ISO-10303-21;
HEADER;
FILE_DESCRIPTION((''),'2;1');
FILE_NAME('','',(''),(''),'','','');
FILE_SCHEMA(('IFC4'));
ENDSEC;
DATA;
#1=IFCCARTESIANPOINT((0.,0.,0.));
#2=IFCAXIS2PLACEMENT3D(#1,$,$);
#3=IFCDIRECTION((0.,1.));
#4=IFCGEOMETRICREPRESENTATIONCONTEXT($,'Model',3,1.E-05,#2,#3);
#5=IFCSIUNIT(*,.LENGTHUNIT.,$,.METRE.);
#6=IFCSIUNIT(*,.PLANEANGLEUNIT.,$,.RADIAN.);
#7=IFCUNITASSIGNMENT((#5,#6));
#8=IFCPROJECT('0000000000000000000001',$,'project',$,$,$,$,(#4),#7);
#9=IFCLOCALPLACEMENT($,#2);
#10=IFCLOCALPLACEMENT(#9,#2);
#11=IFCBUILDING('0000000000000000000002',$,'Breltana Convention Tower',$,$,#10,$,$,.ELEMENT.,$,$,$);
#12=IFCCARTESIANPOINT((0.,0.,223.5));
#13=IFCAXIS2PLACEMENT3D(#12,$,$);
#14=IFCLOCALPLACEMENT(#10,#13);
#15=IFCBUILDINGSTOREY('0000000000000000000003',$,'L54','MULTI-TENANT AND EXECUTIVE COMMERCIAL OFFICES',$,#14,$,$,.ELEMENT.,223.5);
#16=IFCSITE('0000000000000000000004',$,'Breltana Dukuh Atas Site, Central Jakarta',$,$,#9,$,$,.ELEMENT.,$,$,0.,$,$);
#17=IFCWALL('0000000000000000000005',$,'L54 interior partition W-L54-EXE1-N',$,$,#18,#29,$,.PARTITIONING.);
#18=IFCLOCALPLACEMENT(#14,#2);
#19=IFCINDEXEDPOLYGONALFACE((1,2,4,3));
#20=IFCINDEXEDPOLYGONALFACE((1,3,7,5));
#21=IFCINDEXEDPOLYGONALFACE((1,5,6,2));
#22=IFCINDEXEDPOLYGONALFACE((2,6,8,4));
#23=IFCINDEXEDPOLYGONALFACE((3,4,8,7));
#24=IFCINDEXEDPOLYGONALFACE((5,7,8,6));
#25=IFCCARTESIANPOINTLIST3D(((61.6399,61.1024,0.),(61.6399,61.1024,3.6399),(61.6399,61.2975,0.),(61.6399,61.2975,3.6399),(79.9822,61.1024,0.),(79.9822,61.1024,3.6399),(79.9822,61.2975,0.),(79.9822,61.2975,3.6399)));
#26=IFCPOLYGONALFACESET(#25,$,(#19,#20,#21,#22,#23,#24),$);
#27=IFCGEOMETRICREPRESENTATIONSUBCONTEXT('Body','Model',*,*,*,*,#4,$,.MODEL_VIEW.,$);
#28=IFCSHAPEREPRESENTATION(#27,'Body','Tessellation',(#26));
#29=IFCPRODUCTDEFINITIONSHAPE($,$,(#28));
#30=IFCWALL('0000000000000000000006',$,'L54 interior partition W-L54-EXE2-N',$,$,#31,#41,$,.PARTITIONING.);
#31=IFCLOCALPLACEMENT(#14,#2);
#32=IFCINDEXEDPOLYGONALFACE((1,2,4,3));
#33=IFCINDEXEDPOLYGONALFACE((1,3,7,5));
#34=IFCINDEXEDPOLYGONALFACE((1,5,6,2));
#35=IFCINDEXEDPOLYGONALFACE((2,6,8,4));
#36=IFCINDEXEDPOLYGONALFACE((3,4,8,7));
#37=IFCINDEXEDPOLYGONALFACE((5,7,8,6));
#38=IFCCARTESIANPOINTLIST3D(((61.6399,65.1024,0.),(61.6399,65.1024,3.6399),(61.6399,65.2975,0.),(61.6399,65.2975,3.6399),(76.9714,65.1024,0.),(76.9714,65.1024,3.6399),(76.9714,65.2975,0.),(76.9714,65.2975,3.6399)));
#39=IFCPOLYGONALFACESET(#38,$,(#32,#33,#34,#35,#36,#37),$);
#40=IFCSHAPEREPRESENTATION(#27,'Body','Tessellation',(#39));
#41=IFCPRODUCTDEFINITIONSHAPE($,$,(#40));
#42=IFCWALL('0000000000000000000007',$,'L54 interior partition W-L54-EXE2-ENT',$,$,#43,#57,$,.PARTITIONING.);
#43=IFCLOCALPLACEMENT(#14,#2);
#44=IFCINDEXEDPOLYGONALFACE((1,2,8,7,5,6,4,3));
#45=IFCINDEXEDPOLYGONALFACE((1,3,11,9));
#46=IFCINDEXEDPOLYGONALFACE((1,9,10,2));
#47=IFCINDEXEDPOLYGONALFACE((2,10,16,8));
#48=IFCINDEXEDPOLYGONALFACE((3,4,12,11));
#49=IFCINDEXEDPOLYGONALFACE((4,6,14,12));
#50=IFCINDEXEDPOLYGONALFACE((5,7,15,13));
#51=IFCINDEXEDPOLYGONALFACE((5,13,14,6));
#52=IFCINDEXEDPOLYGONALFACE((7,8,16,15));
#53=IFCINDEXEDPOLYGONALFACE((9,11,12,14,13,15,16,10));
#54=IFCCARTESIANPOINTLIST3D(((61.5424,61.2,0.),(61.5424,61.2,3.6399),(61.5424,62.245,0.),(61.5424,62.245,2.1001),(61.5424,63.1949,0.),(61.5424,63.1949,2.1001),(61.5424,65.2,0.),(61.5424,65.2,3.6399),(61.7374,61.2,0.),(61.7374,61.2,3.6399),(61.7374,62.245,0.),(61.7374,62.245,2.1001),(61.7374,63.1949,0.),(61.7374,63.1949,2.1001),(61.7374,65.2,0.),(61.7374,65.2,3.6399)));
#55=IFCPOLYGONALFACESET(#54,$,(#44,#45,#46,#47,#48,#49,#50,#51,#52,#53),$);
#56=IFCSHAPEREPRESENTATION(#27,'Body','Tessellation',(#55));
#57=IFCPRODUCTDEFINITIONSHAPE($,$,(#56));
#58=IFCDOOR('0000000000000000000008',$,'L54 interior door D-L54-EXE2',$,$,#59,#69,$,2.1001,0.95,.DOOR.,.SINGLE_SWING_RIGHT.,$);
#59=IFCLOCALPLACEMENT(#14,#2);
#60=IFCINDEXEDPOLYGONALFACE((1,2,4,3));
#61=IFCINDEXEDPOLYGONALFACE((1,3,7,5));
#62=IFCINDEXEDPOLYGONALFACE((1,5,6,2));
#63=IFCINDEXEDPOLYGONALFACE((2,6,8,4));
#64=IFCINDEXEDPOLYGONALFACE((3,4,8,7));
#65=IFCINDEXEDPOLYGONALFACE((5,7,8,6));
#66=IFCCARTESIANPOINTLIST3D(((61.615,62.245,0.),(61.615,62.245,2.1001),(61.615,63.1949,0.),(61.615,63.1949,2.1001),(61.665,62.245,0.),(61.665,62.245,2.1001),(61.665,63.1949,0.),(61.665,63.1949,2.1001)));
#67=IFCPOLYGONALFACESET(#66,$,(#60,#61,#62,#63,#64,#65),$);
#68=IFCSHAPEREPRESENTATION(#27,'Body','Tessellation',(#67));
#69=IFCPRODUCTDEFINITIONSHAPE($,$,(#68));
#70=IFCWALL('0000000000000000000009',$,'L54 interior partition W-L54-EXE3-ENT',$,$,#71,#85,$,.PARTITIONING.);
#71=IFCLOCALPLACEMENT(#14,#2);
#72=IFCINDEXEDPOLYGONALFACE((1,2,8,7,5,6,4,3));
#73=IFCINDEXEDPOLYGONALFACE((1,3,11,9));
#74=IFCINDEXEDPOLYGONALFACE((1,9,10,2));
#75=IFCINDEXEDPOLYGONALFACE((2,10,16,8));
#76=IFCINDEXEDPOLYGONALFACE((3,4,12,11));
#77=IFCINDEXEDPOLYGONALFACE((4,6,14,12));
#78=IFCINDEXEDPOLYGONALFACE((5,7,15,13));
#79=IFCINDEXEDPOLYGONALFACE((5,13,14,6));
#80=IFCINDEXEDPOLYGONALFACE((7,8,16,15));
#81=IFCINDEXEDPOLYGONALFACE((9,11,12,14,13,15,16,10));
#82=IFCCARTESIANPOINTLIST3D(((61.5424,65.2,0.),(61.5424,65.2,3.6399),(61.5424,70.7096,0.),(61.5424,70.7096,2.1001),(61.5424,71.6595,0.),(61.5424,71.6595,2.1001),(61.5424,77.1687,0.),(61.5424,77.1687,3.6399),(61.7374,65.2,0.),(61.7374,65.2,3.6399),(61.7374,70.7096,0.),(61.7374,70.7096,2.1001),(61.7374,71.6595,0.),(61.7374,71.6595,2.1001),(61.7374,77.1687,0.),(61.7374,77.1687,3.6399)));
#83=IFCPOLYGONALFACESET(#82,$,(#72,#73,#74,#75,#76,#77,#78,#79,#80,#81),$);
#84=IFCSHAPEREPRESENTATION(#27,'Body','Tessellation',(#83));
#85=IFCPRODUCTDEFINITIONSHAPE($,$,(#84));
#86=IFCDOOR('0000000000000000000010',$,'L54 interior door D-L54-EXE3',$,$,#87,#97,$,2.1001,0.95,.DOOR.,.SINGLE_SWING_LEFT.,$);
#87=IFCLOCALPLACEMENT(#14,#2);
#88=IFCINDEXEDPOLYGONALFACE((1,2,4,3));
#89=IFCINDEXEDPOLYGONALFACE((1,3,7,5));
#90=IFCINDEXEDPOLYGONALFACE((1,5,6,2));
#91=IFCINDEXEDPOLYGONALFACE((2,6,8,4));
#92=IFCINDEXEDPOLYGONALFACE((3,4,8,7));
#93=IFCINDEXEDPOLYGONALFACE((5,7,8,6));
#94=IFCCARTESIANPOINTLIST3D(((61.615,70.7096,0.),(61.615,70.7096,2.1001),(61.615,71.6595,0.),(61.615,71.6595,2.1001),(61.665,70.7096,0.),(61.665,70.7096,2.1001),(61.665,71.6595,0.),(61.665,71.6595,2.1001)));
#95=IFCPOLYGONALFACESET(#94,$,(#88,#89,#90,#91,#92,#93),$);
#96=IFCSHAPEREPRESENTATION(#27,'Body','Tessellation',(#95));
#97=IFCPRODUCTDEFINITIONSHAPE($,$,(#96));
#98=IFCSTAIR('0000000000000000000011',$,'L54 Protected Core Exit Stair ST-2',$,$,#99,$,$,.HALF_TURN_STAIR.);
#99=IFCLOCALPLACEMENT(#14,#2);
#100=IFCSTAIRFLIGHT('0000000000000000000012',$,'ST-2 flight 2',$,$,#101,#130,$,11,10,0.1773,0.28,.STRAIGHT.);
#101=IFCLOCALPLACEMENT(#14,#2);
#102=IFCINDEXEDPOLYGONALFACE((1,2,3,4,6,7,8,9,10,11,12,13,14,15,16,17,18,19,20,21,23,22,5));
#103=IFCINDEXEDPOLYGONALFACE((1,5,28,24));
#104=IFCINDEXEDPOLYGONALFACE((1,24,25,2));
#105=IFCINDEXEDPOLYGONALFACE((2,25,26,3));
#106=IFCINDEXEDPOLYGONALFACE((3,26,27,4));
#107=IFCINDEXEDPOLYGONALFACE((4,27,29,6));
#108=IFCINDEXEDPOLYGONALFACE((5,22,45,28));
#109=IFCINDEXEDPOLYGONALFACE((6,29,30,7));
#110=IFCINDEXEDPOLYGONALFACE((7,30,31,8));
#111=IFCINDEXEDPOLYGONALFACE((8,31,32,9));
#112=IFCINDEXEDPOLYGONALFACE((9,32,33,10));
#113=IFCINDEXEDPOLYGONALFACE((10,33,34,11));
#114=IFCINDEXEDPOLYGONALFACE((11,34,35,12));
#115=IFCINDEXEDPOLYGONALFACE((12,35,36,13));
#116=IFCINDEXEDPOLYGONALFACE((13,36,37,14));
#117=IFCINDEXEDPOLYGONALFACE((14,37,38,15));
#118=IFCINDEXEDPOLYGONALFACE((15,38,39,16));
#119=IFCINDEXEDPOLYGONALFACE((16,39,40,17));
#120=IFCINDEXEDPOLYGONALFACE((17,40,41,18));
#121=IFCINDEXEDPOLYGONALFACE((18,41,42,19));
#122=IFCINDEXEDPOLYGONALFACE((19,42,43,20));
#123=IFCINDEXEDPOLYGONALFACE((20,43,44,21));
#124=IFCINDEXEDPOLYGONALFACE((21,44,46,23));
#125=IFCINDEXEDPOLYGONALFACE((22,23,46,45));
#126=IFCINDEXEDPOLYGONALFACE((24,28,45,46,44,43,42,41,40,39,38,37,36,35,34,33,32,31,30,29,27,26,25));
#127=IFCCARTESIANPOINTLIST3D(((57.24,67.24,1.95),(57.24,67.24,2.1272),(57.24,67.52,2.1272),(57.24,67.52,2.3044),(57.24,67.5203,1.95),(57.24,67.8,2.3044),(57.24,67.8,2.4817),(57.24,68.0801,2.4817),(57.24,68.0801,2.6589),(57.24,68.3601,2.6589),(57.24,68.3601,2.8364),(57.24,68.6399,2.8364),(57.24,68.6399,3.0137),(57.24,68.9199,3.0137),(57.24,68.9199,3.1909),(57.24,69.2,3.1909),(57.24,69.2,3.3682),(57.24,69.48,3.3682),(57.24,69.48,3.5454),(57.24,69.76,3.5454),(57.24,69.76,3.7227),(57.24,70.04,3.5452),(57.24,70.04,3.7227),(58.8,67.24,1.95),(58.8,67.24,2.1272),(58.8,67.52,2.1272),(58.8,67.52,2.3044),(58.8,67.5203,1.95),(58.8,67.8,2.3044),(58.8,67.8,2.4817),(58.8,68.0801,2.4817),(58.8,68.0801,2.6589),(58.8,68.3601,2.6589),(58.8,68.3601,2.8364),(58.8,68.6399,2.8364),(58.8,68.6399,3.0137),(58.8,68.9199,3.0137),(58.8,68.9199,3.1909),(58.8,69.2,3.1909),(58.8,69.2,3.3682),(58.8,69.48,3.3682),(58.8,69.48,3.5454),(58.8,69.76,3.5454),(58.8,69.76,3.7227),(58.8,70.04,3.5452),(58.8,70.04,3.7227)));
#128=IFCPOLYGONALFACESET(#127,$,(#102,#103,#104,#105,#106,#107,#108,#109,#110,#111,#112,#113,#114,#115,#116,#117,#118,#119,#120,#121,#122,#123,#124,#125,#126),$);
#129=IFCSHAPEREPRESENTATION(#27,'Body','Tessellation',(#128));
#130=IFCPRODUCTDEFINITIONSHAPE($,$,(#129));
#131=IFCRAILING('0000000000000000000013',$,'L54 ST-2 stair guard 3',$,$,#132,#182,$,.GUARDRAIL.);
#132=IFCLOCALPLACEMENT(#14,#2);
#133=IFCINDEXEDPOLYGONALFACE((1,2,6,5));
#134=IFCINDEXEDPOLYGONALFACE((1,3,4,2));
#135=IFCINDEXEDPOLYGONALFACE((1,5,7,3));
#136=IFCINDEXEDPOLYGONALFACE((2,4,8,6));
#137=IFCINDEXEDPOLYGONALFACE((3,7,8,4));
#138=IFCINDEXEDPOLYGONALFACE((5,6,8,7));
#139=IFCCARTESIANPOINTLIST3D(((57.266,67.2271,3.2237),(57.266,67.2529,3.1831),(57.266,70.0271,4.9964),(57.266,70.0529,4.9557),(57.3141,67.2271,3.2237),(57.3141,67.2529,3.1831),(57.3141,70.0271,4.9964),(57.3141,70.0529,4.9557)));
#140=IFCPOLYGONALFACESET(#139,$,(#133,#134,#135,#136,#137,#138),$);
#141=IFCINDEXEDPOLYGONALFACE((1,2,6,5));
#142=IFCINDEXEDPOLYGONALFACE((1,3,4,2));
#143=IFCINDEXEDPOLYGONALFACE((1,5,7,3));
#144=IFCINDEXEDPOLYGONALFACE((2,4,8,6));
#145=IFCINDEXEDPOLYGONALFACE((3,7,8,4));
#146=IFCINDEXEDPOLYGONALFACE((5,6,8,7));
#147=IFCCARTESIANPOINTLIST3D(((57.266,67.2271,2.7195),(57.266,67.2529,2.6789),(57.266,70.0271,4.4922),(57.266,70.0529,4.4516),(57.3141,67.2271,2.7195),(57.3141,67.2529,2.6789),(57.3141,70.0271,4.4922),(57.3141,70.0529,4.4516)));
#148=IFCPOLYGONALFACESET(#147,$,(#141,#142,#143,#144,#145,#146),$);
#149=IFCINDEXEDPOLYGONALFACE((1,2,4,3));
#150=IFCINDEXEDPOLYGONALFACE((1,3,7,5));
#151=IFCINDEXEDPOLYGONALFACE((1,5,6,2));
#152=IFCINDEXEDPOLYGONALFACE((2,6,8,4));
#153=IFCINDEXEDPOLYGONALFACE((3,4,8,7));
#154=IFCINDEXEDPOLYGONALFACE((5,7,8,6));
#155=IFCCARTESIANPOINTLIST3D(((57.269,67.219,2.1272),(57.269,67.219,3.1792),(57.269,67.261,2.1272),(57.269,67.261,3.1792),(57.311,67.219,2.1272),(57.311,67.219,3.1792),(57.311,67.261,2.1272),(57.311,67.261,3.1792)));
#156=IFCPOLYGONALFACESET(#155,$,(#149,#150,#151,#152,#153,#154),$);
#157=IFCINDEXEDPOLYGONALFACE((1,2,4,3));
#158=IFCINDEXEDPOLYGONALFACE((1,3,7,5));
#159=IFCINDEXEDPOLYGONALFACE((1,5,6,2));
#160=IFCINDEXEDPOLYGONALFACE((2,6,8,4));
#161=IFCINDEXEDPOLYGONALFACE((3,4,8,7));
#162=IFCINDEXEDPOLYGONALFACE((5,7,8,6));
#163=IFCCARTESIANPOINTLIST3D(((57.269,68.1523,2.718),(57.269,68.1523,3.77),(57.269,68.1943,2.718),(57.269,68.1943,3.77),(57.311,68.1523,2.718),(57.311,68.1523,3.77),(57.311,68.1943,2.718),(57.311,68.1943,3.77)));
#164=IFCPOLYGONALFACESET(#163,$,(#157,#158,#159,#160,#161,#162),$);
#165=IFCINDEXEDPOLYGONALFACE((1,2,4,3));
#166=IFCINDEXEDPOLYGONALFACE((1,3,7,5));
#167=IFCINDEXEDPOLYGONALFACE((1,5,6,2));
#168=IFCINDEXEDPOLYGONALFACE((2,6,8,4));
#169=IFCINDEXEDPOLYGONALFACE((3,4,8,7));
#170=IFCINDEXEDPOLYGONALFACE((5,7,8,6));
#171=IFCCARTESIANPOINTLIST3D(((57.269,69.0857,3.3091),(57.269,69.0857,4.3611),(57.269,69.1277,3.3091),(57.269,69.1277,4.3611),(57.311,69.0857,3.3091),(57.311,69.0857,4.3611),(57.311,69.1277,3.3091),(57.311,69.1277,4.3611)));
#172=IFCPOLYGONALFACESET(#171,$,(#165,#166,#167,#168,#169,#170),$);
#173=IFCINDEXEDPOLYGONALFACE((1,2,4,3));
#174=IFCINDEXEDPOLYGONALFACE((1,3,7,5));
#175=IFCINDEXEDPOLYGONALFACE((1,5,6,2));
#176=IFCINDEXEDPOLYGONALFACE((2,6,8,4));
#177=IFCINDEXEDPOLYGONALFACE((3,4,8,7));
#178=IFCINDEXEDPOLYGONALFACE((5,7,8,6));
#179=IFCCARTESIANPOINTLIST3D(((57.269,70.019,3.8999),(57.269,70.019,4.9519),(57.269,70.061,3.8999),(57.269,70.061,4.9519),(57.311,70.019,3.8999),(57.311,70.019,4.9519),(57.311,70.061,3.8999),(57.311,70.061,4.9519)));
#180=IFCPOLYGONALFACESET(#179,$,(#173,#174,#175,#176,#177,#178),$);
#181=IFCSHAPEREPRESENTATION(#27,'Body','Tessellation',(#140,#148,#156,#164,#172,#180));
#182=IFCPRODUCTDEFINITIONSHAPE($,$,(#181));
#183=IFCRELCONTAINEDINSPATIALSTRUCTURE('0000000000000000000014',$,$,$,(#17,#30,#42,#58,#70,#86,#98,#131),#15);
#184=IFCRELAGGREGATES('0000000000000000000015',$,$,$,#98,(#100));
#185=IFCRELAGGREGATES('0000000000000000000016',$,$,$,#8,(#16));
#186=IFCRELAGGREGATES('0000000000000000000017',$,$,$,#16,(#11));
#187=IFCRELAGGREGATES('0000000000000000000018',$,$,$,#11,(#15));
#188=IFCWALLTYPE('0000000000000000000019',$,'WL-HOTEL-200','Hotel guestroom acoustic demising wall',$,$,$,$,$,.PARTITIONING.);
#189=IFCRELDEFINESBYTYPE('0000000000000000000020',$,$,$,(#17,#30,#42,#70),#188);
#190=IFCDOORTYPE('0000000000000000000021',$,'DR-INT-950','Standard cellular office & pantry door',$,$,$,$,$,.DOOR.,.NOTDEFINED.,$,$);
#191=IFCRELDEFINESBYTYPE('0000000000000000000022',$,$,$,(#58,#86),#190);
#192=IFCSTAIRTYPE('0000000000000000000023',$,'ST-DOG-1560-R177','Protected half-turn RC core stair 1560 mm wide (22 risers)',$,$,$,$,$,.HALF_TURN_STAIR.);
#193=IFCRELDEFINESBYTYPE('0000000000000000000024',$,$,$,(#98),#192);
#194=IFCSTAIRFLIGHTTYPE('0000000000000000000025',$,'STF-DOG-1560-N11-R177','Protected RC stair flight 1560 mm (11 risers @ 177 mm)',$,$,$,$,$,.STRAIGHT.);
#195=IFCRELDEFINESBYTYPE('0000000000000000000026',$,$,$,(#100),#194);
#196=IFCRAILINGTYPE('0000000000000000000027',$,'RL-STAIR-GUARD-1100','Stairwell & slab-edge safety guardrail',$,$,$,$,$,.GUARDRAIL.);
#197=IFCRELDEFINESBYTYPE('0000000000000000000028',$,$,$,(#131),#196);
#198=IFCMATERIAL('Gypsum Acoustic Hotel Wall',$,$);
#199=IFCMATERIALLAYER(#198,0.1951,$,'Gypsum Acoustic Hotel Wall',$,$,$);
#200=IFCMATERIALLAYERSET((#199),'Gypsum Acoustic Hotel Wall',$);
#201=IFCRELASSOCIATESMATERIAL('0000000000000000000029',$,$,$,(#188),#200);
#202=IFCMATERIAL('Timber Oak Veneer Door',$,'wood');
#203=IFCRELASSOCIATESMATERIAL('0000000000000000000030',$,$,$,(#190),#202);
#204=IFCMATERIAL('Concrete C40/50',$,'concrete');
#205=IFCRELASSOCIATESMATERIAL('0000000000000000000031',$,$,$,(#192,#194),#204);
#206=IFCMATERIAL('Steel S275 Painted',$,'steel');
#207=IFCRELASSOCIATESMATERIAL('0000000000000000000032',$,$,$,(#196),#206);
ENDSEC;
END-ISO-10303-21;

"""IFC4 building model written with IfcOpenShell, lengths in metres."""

from ifc_helpers import new_model, si_unit, direction, frame, frame_2d, origin, origin_2d, place, context, subcontext, project, spatial, polyline, rectangle, outline, extrude, source, transform, mapped, material, layer, layer_set, type_object, type_shapes, element, fill, aggregate, save


model = new_model("IFC4")

# Units and contexts
model_context = context("Model", 3, precision=1e-05, world=origin(), true_north=direction((0.0, 1.0)))
body_context = subcontext(model_context, "Body", "Model", "MODEL_VIEW")
ifc_project = project(units=[si_unit("LENGTHUNIT", "METRE"), si_unit("PLANEANGLEUNIT", "RADIAN")], contexts=[model_context])

# Site, building, storey
site_placement = place(None, origin())
site = spatial("IfcSite", under=ifc_project, at=site_placement, Name="Breltana Dukuh Atas Site, Central Jakarta", CompositionType="ELEMENT", RefElevation=0.0)
building_placement = place(site_placement, origin())
building = spatial("IfcBuilding", under=site, at=building_placement, Name="Breltana Convention Tower", CompositionType="ELEMENT")
storey_placement = place(building_placement, frame((0.0, 0.0, 223.5)))
storey = spatial("IfcBuildingStorey", under=building, at=storey_placement, Name="L54", Description="MULTI-TENANT AND EXECUTIVE COMMERCIAL OFFICES", CompositionType="ELEMENT", Elevation=223.5)

# Walls
ifc_material_1 = material(Name="Gypsum Acoustic Hotel Wall")
ifc_layer_1 = layer(ifc_material_1, 0.1951, Name="Gypsum Acoustic Hotel Wall")
ifc_layer_set_1 = layer_set([ifc_layer_1], Name="Gypsum Acoustic Hotel Wall")
wall_type_1 = type_object("IfcWallType", Name="WL-HOTEL-200", Description="Hotel guestroom acoustic demising wall", PredefinedType="PARTITIONING", material=ifc_layer_set_1)
shared_shape_1 = source(origin(), body_context, "Body", "SweptSolid", [
    extrude(rectangle(XDim=18.3423, YDim=0.1951, at=frame_2d((9.1711, 0.0))), origin(), (0.0, 0.0, 1.0), 3.6399),
])
wall_1_placement = place(storey_placement, frame((61.6399, 61.2, 0.0), z_axis=(0.0, 0.0, 1.0), x_axis=(1.0, 0.0, 0.0)))
element("IfcWall", 1, at=wall_1_placement, inside=storey, type_object=wall_type_1, Name="L54 interior partition W-L54-EXE1-N", PredefinedType="PARTITIONING", context=body_context, shape_type="MappedRepresentation", body=[
    mapped(shared_shape_1, transform((0.0, 0.0, 0.0), scale=1.0)),
])
shared_shape_2 = source(origin(), body_context, "Body", "SweptSolid", [
    extrude(rectangle(XDim=15.3315, YDim=0.1951, at=frame_2d((7.6658, 0.0))), origin(), (0.0, 0.0, 1.0), 3.6399),
])
wall_2_placement = place(storey_placement, frame((61.6399, 65.2, 0.0), z_axis=(0.0, 0.0, 1.0), x_axis=(1.0, 0.0, 0.0)))
element("IfcWall", 2, at=wall_2_placement, inside=storey, type_object=wall_type_1, Name="L54 interior partition W-L54-EXE2-N", PredefinedType="PARTITIONING", context=body_context, shape_type="MappedRepresentation", body=[
    mapped(shared_shape_2, transform((0.0, 0.0, 0.0), scale=1.0)),
])

# Walls, openings, doors
shared_shape_3 = source(origin(), body_context, "Body", "SweptSolid", [
    extrude(rectangle(XDim=4.0, YDim=0.1951, at=frame_2d((2.0, 0.0))), origin(), (0.0, 0.0, 1.0), 3.6399),
])
wall_3_placement = place(storey_placement, frame((61.6399, 61.2, 0.0), z_axis=(0.0, 0.0, 1.0), x_axis=(0.0, 1.0, 0.0)))
wall_3 = element("IfcWall", 3, at=wall_3_placement, inside=storey, type_object=wall_type_1, Name="L54 interior partition W-L54-EXE2-ENT", PredefinedType="PARTITIONING", context=body_context, shape_type="MappedRepresentation", body=[
    mapped(shared_shape_3, transform((0.0, 0.0, 0.0), scale=1.0)),
])
opening_1_placement = place(wall_3_placement, frame((1.0449, 0.0, 0.0)))
opening_1 = element("IfcOpeningElement", 4, at=opening_1_placement, cuts=wall_3, PredefinedType="OPENING", context=body_context, shape_type="SweptSolid", body=[
    extrude(rectangle(XDim=0.95, YDim=2.1001, at=frame_2d((0.4751, 1.05))), frame((0.0, 0.1074, 0.0), z_axis=(0.0, -1.0, 0.0), x_axis=(1.0, 0.0, 0.0)), (0.0, 0.0, 1.0), 0.2151),
])
ifc_material_2 = material(Name="Timber Oak Veneer Door", Category="wood")
door_type = type_object("IfcDoorType", Name="DR-INT-950", Description="Standard cellular office & pantry door", OperationType="NOTDEFINED", PredefinedType="DOOR", material=ifc_material_2)
shared_shape_4 = source(origin(), body_context, "Body", "SweptSolid", [
    extrude(rectangle(XDim=0.95, YDim=2.1001, at=frame_2d((0.4751, 1.05))), frame((0.0, 0.0249, 0.0), z_axis=(0.0, -1.0, 0.0), x_axis=(1.0, 0.0, 0.0)), (0.0, 0.0, 1.0), 0.05),
])
type_shapes(door_type, [shared_shape_4])
door_1_placement = place(opening_1_placement, origin())
door_1 = element("IfcDoor", 5, at=door_1_placement, inside=storey, type_object=door_type, Name="L54 interior door D-L54-EXE2", OperationType="SINGLE_SWING_RIGHT", OverallHeight=2.1001, OverallWidth=0.95, PredefinedType="DOOR", context=body_context, shape_type="MappedRepresentation", body=[
    mapped(shared_shape_4, transform((0.0, 0.0, 0.0), scale=1.0)),
])
fill(opening_1, door_1)
shared_shape_5 = source(origin(), body_context, "Body", "SweptSolid", [
    extrude(rectangle(XDim=11.9688, YDim=0.1951, at=frame_2d((5.9844, 0.0))), origin(), (0.0, 0.0, 1.0), 3.6399),
])
wall_4_placement = place(storey_placement, frame((61.6399, 65.2, 0.0), z_axis=(0.0, 0.0, 1.0), x_axis=(0.0, 1.0, 0.0)))
wall_4 = element("IfcWall", 6, at=wall_4_placement, inside=storey, type_object=wall_type_1, Name="L54 interior partition W-L54-EXE3-ENT", PredefinedType="PARTITIONING", context=body_context, shape_type="MappedRepresentation", body=[
    mapped(shared_shape_5, transform((0.0, 0.0, 0.0), scale=1.0)),
])
opening_2_placement = place(wall_4_placement, frame((5.5095, 0.0, 0.0)))
opening_2 = element("IfcOpeningElement", 7, at=opening_2_placement, cuts=wall_4, PredefinedType="OPENING", context=body_context, shape_type="SweptSolid", body=[
    extrude(rectangle(XDim=0.95, YDim=2.1001, at=frame_2d((0.4751, 1.05))), frame((0.0, 0.1074, 0.0), z_axis=(0.0, -1.0, 0.0), x_axis=(1.0, 0.0, 0.0)), (0.0, 0.0, 1.0), 0.2151),
])
door_2_placement = place(opening_2_placement, origin())
door_2 = element("IfcDoor", 8, at=door_2_placement, inside=storey, type_object=door_type, Name="L54 interior door D-L54-EXE3", OperationType="SINGLE_SWING_LEFT", OverallHeight=2.1001, OverallWidth=0.95, PredefinedType="DOOR", context=body_context, shape_type="MappedRepresentation", body=[
    mapped(shared_shape_4, transform((0.0, 0.0, 0.0), scale=1.0)),
])
fill(opening_2, door_2)

# Stair, stair flight
ifc_material_3 = material(Name="Concrete C40/50", Category="concrete")
stair_type = type_object("IfcStairType", Name="ST-DOG-1560-R177", Description="Protected half-turn RC core stair 1560 mm wide (22 risers)", PredefinedType="HALF_TURN_STAIR", material=ifc_material_3)
stair_placement = place(storey_placement, origin())
stair = element("IfcStair", 9, at=stair_placement, inside=storey, type_object=stair_type, Name="L54 Protected Core Exit Stair ST-2", PredefinedType="HALF_TURN_STAIR")
stair_flight_type = type_object("IfcStairFlightType", Name="STF-DOG-1560-N11-R177", Description="Protected RC stair flight 1560 mm (11 risers @ 177 mm)", PredefinedType="STRAIGHT", material=ifc_material_3)
stair_flight_placement = place(storey_placement, frame((58.02, 67.24, 1.95), z_axis=(0.0, 0.0, 1.0), x_axis=(0.0, 1.0, 0.0)))
stair_flight = element("IfcStairFlight", 10, at=stair_flight_placement, type_object=stair_flight_type, Name="ST-2 flight 2", NumberOfRisers=11, NumberOfTreads=10, PredefinedType="STRAIGHT", RiserHeight=0.1773, TreadLength=0.28, context=body_context, shape_type="SweptSolid", body=[
    extrude(outline(polyline([(0.0, 0.0), (0.0, 0.1772), (0.28, 0.1772), (0.28, 0.3545), (0.5601, 0.3545), (0.5601, 0.5317), (0.8401, 0.5317), (0.8401, 0.709), (1.1201, 0.709), (1.1201, 0.8865), (1.3999, 0.8865), (1.3999, 1.0637), (1.6799, 1.0637), (1.6799, 1.241), (1.96, 1.241), (1.96, 1.4182), (2.24, 1.4182), (2.24, 1.5955), (2.52, 1.5955), (2.52, 1.7727), (2.8, 1.7727), (2.8, 1.95), (2.8, 1.5952), (0.2803, 0.0), (0.0, 0.0)])), frame((0.0, 0.78, 0.0), z_axis=(0.0, -1.0, 0.0), x_axis=(1.0, 0.0, 0.0)), (0.0, 0.0, 1.0), 1.5601),
])
aggregate(stair, [stair_flight])

# Railing
ifc_material_4 = material(Name="Steel S275 Painted", Category="steel")
railing_type_1 = type_object("IfcRailingType", Name="RL-STAIR-GUARD-1100", Description="Stairwell & slab-edge safety guardrail", PredefinedType="GUARDRAIL", material=ifc_material_4)
railing_1_placement = place(storey_placement, frame((57.29, 67.24, 2.1272)))
element("IfcRailing", 11, at=railing_1_placement, inside=storey, type_object=railing_type_1, Name="L54 ST-2 stair guard 3", PredefinedType="GUARDRAIL", context=body_context, shape_type="SweptSolid", body=[
    extrude(rectangle(XDim=0.0481, YDim=0.0481, at=origin_2d()), frame((0.0, 0.0, 1.0762), z_axis=(0.0, 0.844909, 0.53491), x_axis=(-1.0, 0.0, 0.0)), (0.0, 0.0, 1.0), 3.314),
    extrude(rectangle(XDim=0.0481, YDim=0.0481, at=origin_2d()), frame((0.0, 0.0, 0.572), z_axis=(0.0, 0.844909, 0.53491), x_axis=(-1.0, 0.0, 0.0)), (0.0, 0.0, 1.0), 3.314),
    extrude(rectangle(XDim=0.042, YDim=0.042, at=origin_2d()), origin(), (0.0, 0.0, 1.0), 1.052),
    extrude(rectangle(XDim=0.042, YDim=0.042, at=origin_2d()), frame((0.0, 0.9333, 0.5908)), (0.0, 0.0, 1.0), 1.052),
    extrude(rectangle(XDim=0.042, YDim=0.042, at=origin_2d()), frame((0.0, 1.8667, 1.1819)), (0.0, 0.0, 1.0), 1.052),
    extrude(rectangle(XDim=0.042, YDim=0.042, at=origin_2d()), frame((0.0, 2.8, 1.7727)), (0.0, 0.0, 1.0), 1.052),
])

save(model, "model.ifc")
